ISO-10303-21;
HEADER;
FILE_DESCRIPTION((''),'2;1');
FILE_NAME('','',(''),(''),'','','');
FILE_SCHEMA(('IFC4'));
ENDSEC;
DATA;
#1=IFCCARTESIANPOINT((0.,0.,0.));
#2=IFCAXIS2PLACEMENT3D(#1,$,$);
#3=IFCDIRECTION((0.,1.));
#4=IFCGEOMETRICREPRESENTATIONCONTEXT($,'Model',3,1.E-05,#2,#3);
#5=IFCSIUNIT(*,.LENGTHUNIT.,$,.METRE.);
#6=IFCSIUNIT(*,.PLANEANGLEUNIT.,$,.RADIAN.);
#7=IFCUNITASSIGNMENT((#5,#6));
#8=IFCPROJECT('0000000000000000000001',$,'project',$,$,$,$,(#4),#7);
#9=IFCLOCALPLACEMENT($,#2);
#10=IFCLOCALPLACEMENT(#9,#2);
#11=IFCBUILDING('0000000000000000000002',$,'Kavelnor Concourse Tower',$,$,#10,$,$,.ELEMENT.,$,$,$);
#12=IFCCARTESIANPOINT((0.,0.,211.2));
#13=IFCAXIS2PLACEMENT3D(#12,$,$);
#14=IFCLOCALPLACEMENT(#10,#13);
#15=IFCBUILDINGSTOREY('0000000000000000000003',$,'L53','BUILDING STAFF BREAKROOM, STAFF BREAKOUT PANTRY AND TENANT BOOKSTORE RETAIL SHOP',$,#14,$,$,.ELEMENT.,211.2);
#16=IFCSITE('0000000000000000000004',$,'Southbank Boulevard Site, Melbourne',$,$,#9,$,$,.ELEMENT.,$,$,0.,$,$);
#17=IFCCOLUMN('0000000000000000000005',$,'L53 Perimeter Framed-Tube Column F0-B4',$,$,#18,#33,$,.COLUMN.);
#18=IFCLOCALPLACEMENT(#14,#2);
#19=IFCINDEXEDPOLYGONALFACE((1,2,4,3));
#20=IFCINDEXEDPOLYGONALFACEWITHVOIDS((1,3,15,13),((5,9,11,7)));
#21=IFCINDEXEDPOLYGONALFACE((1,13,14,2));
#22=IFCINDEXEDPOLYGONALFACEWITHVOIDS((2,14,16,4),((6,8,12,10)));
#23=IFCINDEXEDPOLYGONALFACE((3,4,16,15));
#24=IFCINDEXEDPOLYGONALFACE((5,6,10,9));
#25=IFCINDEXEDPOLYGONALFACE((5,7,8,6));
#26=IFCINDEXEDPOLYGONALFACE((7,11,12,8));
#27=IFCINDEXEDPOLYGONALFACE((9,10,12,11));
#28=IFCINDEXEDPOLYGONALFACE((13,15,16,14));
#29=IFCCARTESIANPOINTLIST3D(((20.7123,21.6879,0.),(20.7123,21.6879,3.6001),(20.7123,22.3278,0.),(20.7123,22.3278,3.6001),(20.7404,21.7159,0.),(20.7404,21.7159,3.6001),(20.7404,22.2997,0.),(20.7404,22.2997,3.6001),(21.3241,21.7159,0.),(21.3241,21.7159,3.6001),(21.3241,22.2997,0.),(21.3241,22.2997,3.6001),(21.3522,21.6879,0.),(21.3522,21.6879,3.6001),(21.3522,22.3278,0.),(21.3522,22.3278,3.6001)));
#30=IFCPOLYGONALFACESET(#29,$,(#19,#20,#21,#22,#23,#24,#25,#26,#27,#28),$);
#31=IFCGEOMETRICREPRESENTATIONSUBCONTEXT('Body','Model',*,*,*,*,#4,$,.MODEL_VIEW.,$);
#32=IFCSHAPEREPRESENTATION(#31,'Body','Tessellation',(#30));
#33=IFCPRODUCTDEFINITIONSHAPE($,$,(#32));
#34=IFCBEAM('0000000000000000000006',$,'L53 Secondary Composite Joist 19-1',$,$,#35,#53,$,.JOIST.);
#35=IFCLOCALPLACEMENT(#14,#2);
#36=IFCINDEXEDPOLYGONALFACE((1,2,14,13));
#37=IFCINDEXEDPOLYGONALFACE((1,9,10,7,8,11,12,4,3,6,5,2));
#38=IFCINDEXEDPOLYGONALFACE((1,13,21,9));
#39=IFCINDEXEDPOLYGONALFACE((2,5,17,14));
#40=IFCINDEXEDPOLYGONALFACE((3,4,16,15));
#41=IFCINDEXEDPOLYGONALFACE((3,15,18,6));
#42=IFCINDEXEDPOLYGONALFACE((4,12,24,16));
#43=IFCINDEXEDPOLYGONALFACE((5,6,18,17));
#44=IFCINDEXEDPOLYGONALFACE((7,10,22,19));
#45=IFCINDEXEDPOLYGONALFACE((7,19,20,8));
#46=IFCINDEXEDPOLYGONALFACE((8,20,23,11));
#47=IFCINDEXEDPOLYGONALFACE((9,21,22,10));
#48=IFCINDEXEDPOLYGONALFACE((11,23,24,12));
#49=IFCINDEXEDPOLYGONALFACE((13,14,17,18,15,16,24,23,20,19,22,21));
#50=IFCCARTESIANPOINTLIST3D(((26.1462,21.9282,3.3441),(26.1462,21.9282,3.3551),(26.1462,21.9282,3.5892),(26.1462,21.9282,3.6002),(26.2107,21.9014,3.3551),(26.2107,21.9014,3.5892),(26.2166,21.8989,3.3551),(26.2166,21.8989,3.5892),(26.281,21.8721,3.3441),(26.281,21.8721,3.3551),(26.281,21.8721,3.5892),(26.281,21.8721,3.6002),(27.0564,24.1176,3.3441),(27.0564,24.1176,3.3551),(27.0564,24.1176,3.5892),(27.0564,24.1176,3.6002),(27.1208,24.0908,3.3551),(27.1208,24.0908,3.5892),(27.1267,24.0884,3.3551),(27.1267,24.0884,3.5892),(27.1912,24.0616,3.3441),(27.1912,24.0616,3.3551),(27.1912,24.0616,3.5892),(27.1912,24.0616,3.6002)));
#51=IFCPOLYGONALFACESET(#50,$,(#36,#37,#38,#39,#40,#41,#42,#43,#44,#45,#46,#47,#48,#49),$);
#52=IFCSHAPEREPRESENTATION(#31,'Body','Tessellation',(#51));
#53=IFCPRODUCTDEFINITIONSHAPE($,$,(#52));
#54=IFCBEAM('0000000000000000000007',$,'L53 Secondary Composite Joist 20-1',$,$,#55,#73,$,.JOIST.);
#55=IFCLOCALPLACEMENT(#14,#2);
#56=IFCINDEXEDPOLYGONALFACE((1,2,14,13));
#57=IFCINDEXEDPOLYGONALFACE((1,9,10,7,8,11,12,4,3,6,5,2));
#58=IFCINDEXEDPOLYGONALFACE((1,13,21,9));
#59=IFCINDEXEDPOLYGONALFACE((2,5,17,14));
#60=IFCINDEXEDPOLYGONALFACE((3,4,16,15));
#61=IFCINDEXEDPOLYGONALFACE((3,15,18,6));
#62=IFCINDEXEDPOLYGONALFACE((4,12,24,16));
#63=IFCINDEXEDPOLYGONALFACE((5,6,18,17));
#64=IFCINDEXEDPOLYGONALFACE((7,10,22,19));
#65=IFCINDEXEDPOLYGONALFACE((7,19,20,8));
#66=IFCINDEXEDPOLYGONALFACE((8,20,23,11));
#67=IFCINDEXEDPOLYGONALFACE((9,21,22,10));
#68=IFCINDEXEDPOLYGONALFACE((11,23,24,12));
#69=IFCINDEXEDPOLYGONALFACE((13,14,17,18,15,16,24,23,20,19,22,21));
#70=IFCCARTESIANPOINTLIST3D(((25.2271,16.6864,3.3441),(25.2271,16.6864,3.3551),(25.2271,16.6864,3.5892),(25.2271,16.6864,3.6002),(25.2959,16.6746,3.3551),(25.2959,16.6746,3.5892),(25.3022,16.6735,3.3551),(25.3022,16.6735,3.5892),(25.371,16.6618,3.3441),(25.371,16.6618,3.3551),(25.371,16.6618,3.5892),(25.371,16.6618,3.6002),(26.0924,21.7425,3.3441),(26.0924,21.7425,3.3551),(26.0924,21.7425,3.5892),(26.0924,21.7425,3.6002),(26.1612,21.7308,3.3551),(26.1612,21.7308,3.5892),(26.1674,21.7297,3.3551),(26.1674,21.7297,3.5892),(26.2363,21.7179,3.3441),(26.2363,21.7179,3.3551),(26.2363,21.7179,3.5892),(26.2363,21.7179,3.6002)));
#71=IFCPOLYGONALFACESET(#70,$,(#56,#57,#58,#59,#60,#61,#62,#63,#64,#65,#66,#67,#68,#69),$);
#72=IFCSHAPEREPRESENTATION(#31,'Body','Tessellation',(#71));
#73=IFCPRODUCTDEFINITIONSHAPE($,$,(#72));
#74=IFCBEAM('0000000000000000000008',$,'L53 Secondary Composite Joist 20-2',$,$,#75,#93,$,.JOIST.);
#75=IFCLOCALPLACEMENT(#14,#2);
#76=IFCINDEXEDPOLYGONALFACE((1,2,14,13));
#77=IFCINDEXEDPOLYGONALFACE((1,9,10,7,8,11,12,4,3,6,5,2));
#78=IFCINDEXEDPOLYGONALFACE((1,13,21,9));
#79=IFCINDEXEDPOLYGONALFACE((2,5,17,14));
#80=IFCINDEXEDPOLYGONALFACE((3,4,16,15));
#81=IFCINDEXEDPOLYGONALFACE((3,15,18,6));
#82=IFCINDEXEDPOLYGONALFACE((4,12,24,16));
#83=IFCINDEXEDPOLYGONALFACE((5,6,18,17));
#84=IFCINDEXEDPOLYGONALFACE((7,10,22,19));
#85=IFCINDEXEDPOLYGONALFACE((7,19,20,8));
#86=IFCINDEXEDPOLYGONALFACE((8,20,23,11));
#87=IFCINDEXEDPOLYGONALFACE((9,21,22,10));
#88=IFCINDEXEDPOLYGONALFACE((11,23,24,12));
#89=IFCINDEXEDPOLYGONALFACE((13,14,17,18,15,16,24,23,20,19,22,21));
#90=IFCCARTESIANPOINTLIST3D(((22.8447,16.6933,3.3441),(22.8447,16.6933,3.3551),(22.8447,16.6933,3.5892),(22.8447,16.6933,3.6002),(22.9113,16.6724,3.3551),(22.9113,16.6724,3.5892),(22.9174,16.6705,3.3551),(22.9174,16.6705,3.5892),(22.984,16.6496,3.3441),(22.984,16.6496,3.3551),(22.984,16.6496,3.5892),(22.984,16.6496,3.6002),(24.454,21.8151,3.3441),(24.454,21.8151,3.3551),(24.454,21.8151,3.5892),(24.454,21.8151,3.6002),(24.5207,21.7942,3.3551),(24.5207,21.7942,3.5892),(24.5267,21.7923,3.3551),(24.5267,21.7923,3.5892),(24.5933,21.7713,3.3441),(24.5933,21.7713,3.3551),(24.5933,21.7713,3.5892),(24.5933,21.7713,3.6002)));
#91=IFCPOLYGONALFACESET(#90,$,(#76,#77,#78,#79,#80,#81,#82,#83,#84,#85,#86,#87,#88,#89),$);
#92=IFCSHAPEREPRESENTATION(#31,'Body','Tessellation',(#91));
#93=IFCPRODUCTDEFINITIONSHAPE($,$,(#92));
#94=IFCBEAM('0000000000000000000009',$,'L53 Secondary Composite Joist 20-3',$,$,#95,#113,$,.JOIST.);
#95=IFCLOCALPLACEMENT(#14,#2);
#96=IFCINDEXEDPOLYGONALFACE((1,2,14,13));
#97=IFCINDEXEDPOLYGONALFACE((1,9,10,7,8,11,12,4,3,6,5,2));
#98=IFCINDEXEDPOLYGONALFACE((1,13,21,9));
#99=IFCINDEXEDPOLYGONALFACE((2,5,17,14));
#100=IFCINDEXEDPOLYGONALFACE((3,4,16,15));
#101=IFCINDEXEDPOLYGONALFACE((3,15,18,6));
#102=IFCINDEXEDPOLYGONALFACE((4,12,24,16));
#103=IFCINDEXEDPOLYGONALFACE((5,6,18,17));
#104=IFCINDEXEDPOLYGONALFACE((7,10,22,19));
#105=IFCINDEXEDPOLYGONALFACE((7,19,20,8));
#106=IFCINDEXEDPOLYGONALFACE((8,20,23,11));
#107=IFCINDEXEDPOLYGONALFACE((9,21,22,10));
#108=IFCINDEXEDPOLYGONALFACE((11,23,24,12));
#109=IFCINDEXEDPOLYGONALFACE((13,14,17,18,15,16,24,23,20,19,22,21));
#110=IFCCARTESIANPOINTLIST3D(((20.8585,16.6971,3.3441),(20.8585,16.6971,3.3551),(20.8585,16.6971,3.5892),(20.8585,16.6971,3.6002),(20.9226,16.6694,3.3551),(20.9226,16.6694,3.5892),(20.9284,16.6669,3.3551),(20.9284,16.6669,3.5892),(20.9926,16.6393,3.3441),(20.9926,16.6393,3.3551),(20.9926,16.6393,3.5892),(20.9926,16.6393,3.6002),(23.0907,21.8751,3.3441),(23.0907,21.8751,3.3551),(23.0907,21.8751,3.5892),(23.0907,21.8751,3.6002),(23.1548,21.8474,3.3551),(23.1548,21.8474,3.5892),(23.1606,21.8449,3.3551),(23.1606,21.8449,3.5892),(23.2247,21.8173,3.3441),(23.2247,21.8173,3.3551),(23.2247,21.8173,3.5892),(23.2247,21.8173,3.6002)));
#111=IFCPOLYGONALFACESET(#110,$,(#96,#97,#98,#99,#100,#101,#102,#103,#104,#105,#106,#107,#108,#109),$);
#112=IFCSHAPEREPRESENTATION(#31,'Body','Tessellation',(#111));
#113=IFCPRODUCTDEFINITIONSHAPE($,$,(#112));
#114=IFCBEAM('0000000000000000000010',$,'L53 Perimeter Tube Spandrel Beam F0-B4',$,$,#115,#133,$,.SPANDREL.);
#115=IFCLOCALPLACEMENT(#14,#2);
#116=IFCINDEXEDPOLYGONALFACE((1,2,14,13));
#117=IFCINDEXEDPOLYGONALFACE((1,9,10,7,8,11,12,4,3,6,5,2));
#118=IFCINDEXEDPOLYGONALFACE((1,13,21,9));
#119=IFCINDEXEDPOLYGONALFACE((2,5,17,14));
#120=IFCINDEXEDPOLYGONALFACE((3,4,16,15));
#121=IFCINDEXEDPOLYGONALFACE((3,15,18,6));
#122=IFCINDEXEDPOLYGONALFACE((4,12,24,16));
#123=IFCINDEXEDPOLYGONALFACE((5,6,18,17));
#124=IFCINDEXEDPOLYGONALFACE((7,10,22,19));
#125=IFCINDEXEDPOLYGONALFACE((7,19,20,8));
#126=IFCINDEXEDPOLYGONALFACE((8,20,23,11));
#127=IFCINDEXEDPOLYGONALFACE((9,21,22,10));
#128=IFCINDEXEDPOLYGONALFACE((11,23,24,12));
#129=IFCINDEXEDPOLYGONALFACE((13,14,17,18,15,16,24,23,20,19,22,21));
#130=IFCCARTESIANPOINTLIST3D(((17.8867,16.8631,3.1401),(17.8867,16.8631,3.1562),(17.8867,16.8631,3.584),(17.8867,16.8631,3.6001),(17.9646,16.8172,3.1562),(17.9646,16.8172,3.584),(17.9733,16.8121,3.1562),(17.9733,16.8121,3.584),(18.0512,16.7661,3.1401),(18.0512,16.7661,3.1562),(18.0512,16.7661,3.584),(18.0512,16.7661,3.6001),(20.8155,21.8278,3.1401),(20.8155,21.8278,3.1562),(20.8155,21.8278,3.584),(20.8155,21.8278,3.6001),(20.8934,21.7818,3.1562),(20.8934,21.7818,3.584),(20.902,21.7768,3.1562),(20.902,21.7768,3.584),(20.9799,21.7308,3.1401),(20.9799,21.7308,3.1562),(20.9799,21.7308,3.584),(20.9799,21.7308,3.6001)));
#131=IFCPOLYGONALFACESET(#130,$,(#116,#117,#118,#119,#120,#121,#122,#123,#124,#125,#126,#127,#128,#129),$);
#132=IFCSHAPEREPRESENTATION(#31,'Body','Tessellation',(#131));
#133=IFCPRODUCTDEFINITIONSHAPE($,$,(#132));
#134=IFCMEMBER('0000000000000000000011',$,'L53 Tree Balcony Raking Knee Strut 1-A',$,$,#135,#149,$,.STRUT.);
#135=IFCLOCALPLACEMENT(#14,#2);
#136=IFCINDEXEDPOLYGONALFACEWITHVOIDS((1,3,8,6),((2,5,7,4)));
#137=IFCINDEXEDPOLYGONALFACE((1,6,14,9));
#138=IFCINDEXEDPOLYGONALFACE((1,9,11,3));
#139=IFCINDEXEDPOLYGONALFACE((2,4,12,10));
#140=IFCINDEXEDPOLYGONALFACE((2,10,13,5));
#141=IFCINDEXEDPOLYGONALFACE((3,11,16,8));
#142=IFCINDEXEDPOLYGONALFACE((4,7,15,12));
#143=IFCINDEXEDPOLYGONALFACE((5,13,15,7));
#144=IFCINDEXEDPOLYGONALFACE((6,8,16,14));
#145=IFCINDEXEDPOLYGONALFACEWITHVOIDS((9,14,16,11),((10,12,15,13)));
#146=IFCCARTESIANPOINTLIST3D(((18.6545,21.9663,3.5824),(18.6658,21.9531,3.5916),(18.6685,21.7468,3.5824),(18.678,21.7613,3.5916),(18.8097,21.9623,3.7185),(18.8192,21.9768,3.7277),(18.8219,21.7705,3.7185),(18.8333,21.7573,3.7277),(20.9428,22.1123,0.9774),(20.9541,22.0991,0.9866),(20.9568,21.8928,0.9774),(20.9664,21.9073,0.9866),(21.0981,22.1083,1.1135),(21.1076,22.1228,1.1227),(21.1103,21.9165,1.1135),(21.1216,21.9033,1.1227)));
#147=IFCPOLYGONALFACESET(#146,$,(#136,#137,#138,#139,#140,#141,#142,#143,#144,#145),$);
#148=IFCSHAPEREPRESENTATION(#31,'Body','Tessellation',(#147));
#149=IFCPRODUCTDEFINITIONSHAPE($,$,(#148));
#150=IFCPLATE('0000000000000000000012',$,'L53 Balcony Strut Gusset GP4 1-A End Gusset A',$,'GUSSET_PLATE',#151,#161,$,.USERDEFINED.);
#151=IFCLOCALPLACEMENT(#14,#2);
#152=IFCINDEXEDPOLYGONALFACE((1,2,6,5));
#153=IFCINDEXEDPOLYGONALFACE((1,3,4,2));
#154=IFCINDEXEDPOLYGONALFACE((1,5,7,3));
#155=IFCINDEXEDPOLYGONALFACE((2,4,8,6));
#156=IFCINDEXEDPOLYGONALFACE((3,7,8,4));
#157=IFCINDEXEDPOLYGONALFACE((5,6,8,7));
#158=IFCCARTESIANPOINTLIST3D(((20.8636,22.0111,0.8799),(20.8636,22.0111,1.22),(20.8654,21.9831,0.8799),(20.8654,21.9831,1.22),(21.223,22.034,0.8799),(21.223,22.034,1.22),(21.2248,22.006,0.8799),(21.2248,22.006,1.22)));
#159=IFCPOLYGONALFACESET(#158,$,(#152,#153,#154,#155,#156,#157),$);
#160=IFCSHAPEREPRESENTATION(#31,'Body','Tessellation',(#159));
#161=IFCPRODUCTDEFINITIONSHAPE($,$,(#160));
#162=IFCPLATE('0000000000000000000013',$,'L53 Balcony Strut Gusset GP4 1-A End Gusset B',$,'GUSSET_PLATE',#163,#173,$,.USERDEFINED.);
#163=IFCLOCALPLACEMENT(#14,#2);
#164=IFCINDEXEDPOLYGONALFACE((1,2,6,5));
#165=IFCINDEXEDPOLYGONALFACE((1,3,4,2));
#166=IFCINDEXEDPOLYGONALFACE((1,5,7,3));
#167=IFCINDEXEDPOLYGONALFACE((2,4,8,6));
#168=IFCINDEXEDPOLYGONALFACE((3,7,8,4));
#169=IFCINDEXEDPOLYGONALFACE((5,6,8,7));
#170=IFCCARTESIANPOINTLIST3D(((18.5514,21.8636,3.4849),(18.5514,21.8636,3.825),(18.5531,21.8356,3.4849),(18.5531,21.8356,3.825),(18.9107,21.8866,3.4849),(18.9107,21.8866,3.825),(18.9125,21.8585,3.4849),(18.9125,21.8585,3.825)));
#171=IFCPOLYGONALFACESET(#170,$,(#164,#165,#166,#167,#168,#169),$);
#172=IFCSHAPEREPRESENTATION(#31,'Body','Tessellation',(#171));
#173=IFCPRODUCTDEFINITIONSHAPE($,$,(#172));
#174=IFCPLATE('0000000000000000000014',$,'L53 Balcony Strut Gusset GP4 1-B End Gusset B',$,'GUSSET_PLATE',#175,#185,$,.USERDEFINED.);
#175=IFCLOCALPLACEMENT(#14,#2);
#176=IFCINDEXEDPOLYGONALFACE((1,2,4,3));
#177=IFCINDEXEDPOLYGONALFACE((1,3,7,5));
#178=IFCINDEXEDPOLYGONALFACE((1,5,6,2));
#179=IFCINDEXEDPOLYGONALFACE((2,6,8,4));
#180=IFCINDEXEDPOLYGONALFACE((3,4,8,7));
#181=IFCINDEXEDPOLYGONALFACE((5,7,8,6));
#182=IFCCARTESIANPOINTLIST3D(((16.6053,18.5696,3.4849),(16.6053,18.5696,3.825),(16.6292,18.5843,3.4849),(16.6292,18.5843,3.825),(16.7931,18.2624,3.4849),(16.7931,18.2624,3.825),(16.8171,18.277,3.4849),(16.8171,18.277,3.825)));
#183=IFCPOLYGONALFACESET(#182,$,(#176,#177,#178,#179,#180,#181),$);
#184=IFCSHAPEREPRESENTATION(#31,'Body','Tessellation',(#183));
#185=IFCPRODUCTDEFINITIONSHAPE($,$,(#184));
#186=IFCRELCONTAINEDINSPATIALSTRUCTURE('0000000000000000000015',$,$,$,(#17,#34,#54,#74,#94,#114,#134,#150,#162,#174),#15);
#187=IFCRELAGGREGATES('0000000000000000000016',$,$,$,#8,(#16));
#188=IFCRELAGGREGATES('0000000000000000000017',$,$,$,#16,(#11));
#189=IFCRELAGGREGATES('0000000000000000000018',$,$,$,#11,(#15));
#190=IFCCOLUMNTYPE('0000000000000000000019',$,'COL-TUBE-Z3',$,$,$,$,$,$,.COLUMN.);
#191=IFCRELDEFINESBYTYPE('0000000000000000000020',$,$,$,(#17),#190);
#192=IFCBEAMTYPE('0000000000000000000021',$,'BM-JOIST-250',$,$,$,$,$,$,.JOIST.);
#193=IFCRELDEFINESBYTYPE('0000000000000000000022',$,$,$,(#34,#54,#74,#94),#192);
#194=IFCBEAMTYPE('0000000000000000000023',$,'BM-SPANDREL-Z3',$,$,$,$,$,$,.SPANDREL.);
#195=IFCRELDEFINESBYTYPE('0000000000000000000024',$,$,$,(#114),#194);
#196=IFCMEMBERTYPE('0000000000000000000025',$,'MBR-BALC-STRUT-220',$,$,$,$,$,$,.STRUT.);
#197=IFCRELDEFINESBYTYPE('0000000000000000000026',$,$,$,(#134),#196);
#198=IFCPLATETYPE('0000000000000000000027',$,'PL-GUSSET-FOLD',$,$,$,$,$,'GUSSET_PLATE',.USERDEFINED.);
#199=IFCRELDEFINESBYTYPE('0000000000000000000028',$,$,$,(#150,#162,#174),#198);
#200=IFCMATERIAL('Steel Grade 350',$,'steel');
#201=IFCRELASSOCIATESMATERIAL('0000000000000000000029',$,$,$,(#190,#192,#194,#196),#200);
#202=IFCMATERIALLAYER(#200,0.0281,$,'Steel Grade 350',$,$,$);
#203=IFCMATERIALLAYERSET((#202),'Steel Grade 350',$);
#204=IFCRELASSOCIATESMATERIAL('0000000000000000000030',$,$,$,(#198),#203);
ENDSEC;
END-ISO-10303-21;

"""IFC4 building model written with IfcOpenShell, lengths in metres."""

from ifc_helpers import new_model, si_unit, direction, frame, origin, origin_2d, place, context, subcontext, project, spatial, rectangle, hollow_rectangle, i_section, extrude, material, layer, layer_set, material_profile, profile_set, type_object, element, save


model = new_model("IFC4")

# Units and contexts
model_context = context("Model", 3, precision=1e-05, world=origin(), true_north=direction((0.0, 1.0)))
body_context = subcontext(model_context, "Body", "Model", "MODEL_VIEW")
ifc_project = project(units=[si_unit("LENGTHUNIT", "METRE"), si_unit("PLANEANGLEUNIT", "RADIAN")], contexts=[model_context])

# Site, building, storey
site_placement = place(None, origin())
site = spatial("IfcSite", under=ifc_project, at=site_placement, Name="Southbank Boulevard Site, Melbourne", CompositionType="ELEMENT", RefElevation=0.0)
building_placement = place(site_placement, origin())
building = spatial("IfcBuilding", under=site, at=building_placement, Name="Kavelnor Concourse Tower", CompositionType="ELEMENT")
storey_placement = place(building_placement, frame((0.0, 0.0, 211.2)))
storey = spatial("IfcBuildingStorey", under=building, at=storey_placement, Name="L53", Description="BUILDING STAFF BREAKROOM, STAFF BREAKOUT PANTRY AND TENANT BOOKSTORE RETAIL SHOP", CompositionType="ELEMENT", Elevation=211.2)

# Column
ifc_material_1 = material(Name="Steel Grade 350", Category="steel")
ifc_material_profile_1 = material_profile(ifc_material_1, hollow_rectangle(XDim=0.6399, YDim=0.6399, WallThickness=0.0281, at=origin_2d()), Name="SHS 640x640x28")
ifc_profile_set_1 = profile_set([ifc_material_profile_1], Name="Steel Grade 350")
column_type = type_object("IfcColumnType", Name="COL-TUBE-Z3", PredefinedType="COLUMN", material=ifc_profile_set_1)
column_placement = place(storey_placement, frame((21.0322, 22.0078, 0.0), z_axis=(0.0, 0.0, 1.0), x_axis=(1.0, 0.0, 0.0)))
element("IfcColumn", 1, at=column_placement, inside=storey, type_object=column_type, Name="L53 Perimeter Framed-Tube Column F0-B4", PredefinedType="COLUMN", context=body_context, shape_type="SweptSolid", body=[
    extrude(hollow_rectangle(XDim=0.6399, YDim=0.6399, WallThickness=0.0281, at=origin_2d()), origin(), (0.0, 0.0, 1.0), 3.6001),
])

# Beams
ifc_material_profile_2 = material_profile(ifc_material_1, i_section(OverallWidth=0.146, OverallDepth=0.2561, WebThickness=0.0063, FlangeThickness=0.011, at=origin_2d()), Name="250UB37")
ifc_profile_set_2 = profile_set([ifc_material_profile_2], Name="Steel Grade 350")
beam_type_1 = type_object("IfcBeamType", Name="BM-JOIST-250", PredefinedType="JOIST", material=ifc_profile_set_2)
beam_1_placement = place(storey_placement, frame((27.1238, 24.0896, 3.4722), z_axis=(-0.383855, -0.923393, 0.0), x_axis=(0.923393, -0.383855, 0.0)))
element("IfcBeam", 2, at=beam_1_placement, inside=storey, type_object=beam_type_1, Name="L53 Secondary Composite Joist 19-1", PredefinedType="JOIST", context=body_context, shape_type="SweptSolid", body=[
    extrude(i_section(OverallWidth=0.146, OverallDepth=0.2561, WebThickness=0.0063, FlangeThickness=0.011, at=origin_2d()), origin(), (0.0, 0.0, 1.0), 2.3711),
])
beam_2_placement = place(storey_placement, frame((26.1643, 21.7302, 3.4722), z_axis=(-0.168673, -0.985672, 0.0), x_axis=(0.985672, -0.168673, 0.0)))
element("IfcBeam", 3, at=beam_2_placement, inside=storey, type_object=beam_type_1, Name="L53 Secondary Composite Joist 20-1", PredefinedType="JOIST", context=body_context, shape_type="SweptSolid", body=[
    extrude(i_section(OverallWidth=0.146, OverallDepth=0.2561, WebThickness=0.0063, FlangeThickness=0.011, at=origin_2d()), origin(), (0.0, 0.0, 1.0), 5.1296),
])
beam_3_placement = place(storey_placement, frame((24.5237, 21.7932, 3.4722), z_axis=(-0.299769, -0.954012, 0.0), x_axis=(0.954012, -0.299769, 0.0)))
element("IfcBeam", 4, at=beam_3_placement, inside=storey, type_object=beam_type_1, Name="L53 Secondary Composite Joist 20-2", PredefinedType="JOIST", context=body_context, shape_type="SweptSolid", body=[
    extrude(i_section(OverallWidth=0.146, OverallDepth=0.2561, WebThickness=0.0063, FlangeThickness=0.011, at=origin_2d()), origin(), (0.0, 0.0, 1.0), 5.3687),
])
beam_4_placement = place(storey_placement, frame((23.1577, 21.8462, 3.4722), z_axis=(-0.395873, -0.918305, 0.0), x_axis=(0.918305, -0.395873, 0.0)))
element("IfcBeam", 5, at=beam_4_placement, inside=storey, type_object=beam_type_1, Name="L53 Secondary Composite Joist 20-3", PredefinedType="JOIST", context=body_context, shape_type="SweptSolid", body=[
    extrude(i_section(OverallWidth=0.146, OverallDepth=0.2561, WebThickness=0.0063, FlangeThickness=0.011, at=origin_2d()), origin(), (0.0, 0.0, 1.0), 5.6387),
])
ifc_material_profile_3 = material_profile(ifc_material_1, i_section(OverallWidth=0.1909, OverallDepth=0.46, WebThickness=0.01, FlangeThickness=0.0161, at=origin_2d()), Name="460UB82")
ifc_profile_set_3 = profile_set([ifc_material_profile_3], Name="Steel Grade 350")
beam_type_2 = type_object("IfcBeamType", Name="BM-SPANDREL-Z3", PredefinedType="SPANDREL", material=ifc_profile_set_3)
beam_5_placement = place(storey_placement, frame((20.8977, 21.7793, 3.3701), z_axis=(-0.508097, -0.8613, 0.0), x_axis=(0.8613, -0.508097, 0.0)))
element("IfcBeam", 6, at=beam_5_placement, inside=storey, type_object=beam_type_2, Name="L53 Perimeter Tube Spandrel Beam F0-B4", PredefinedType="SPANDREL", context=body_context, shape_type="SweptSolid", body=[
    extrude(i_section(OverallWidth=0.1909, OverallDepth=0.46, WebThickness=0.01, FlangeThickness=0.0161, at=origin_2d()), origin(), (0.0, 0.0, 1.0), 5.7642),
])

# Member
ifc_material_profile_4 = material_profile(ifc_material_1, hollow_rectangle(XDim=0.22, YDim=0.22, WallThickness=0.0139, at=origin_2d()), Name="SHS 220x220x14")
ifc_profile_set_4 = profile_set([ifc_material_profile_4], Name="Steel Grade 350")
member_type = type_object("IfcMemberType", Name="MBR-BALC-STRUT-220", PredefinedType="STRUT", material=ifc_profile_set_4)
member_placement = place(storey_placement, frame((21.0322, 22.0078, 1.05), z_axis=(-0.659385, -0.042069, 0.750628), x_axis=(0.063671, -0.997971, 0.0)))
element("IfcMember", 7, at=member_placement, inside=storey, type_object=member_type, Name="L53 Tree Balcony Raking Knee Strut 1-A", PredefinedType="STRUT", context=body_context, shape_type="SweptSolid", body=[
    extrude(hollow_rectangle(XDim=0.22, YDim=0.22, WallThickness=0.0139, at=origin_2d()), origin(), (0.0, 0.0, 1.0), 3.4705),
])

# Plates
ifc_layer_1 = layer(ifc_material_1, 0.0281, Name="Steel Grade 350")
ifc_layer_set_1 = layer_set([ifc_layer_1], Name="Steel Grade 350")
plate_type = type_object("IfcPlateType", Name="PL-GUSSET-FOLD", ElementType="GUSSET_PLATE", PredefinedType="USERDEFINED", material=ifc_layer_set_1)
for number, where, z_axis, x_axis, name in (
    (8, (21.0442, 22.0085, 0.8799), (0.0, 0.0, 1.0), (-0.997972, -0.063661, 0.0), "L53 Balcony Strut Gusset GP4 1-A End Gusset A"),
    (9, (18.7319, 21.8611, 3.4849), (0.0, 0.0, 1.0), (-0.997972, -0.063661, 0.0), "L53 Balcony Strut Gusset GP4 1-A End Gusset B"),
    (10, (16.7112, 18.4233, 3.4849), (0.0, 0.0, 1.0), (-0.521605, 0.853187, 0.0), "L53 Balcony Strut Gusset GP4 1-B End Gusset B"),
):
    element("IfcPlate", number, at=place(storey_placement, frame(where, z_axis=z_axis, x_axis=x_axis)), inside=storey, type_object=plate_type, Name=name, ObjectType="GUSSET_PLATE", PredefinedType="USERDEFINED", context=body_context, shape_type="SweptSolid", body=[
        extrude(rectangle(XDim=0.3601, YDim=0.0281, at=origin_2d()), origin(), (0.0, 0.0, 1.0), 0.3401),
    ])

save(model, "model.ifc")
